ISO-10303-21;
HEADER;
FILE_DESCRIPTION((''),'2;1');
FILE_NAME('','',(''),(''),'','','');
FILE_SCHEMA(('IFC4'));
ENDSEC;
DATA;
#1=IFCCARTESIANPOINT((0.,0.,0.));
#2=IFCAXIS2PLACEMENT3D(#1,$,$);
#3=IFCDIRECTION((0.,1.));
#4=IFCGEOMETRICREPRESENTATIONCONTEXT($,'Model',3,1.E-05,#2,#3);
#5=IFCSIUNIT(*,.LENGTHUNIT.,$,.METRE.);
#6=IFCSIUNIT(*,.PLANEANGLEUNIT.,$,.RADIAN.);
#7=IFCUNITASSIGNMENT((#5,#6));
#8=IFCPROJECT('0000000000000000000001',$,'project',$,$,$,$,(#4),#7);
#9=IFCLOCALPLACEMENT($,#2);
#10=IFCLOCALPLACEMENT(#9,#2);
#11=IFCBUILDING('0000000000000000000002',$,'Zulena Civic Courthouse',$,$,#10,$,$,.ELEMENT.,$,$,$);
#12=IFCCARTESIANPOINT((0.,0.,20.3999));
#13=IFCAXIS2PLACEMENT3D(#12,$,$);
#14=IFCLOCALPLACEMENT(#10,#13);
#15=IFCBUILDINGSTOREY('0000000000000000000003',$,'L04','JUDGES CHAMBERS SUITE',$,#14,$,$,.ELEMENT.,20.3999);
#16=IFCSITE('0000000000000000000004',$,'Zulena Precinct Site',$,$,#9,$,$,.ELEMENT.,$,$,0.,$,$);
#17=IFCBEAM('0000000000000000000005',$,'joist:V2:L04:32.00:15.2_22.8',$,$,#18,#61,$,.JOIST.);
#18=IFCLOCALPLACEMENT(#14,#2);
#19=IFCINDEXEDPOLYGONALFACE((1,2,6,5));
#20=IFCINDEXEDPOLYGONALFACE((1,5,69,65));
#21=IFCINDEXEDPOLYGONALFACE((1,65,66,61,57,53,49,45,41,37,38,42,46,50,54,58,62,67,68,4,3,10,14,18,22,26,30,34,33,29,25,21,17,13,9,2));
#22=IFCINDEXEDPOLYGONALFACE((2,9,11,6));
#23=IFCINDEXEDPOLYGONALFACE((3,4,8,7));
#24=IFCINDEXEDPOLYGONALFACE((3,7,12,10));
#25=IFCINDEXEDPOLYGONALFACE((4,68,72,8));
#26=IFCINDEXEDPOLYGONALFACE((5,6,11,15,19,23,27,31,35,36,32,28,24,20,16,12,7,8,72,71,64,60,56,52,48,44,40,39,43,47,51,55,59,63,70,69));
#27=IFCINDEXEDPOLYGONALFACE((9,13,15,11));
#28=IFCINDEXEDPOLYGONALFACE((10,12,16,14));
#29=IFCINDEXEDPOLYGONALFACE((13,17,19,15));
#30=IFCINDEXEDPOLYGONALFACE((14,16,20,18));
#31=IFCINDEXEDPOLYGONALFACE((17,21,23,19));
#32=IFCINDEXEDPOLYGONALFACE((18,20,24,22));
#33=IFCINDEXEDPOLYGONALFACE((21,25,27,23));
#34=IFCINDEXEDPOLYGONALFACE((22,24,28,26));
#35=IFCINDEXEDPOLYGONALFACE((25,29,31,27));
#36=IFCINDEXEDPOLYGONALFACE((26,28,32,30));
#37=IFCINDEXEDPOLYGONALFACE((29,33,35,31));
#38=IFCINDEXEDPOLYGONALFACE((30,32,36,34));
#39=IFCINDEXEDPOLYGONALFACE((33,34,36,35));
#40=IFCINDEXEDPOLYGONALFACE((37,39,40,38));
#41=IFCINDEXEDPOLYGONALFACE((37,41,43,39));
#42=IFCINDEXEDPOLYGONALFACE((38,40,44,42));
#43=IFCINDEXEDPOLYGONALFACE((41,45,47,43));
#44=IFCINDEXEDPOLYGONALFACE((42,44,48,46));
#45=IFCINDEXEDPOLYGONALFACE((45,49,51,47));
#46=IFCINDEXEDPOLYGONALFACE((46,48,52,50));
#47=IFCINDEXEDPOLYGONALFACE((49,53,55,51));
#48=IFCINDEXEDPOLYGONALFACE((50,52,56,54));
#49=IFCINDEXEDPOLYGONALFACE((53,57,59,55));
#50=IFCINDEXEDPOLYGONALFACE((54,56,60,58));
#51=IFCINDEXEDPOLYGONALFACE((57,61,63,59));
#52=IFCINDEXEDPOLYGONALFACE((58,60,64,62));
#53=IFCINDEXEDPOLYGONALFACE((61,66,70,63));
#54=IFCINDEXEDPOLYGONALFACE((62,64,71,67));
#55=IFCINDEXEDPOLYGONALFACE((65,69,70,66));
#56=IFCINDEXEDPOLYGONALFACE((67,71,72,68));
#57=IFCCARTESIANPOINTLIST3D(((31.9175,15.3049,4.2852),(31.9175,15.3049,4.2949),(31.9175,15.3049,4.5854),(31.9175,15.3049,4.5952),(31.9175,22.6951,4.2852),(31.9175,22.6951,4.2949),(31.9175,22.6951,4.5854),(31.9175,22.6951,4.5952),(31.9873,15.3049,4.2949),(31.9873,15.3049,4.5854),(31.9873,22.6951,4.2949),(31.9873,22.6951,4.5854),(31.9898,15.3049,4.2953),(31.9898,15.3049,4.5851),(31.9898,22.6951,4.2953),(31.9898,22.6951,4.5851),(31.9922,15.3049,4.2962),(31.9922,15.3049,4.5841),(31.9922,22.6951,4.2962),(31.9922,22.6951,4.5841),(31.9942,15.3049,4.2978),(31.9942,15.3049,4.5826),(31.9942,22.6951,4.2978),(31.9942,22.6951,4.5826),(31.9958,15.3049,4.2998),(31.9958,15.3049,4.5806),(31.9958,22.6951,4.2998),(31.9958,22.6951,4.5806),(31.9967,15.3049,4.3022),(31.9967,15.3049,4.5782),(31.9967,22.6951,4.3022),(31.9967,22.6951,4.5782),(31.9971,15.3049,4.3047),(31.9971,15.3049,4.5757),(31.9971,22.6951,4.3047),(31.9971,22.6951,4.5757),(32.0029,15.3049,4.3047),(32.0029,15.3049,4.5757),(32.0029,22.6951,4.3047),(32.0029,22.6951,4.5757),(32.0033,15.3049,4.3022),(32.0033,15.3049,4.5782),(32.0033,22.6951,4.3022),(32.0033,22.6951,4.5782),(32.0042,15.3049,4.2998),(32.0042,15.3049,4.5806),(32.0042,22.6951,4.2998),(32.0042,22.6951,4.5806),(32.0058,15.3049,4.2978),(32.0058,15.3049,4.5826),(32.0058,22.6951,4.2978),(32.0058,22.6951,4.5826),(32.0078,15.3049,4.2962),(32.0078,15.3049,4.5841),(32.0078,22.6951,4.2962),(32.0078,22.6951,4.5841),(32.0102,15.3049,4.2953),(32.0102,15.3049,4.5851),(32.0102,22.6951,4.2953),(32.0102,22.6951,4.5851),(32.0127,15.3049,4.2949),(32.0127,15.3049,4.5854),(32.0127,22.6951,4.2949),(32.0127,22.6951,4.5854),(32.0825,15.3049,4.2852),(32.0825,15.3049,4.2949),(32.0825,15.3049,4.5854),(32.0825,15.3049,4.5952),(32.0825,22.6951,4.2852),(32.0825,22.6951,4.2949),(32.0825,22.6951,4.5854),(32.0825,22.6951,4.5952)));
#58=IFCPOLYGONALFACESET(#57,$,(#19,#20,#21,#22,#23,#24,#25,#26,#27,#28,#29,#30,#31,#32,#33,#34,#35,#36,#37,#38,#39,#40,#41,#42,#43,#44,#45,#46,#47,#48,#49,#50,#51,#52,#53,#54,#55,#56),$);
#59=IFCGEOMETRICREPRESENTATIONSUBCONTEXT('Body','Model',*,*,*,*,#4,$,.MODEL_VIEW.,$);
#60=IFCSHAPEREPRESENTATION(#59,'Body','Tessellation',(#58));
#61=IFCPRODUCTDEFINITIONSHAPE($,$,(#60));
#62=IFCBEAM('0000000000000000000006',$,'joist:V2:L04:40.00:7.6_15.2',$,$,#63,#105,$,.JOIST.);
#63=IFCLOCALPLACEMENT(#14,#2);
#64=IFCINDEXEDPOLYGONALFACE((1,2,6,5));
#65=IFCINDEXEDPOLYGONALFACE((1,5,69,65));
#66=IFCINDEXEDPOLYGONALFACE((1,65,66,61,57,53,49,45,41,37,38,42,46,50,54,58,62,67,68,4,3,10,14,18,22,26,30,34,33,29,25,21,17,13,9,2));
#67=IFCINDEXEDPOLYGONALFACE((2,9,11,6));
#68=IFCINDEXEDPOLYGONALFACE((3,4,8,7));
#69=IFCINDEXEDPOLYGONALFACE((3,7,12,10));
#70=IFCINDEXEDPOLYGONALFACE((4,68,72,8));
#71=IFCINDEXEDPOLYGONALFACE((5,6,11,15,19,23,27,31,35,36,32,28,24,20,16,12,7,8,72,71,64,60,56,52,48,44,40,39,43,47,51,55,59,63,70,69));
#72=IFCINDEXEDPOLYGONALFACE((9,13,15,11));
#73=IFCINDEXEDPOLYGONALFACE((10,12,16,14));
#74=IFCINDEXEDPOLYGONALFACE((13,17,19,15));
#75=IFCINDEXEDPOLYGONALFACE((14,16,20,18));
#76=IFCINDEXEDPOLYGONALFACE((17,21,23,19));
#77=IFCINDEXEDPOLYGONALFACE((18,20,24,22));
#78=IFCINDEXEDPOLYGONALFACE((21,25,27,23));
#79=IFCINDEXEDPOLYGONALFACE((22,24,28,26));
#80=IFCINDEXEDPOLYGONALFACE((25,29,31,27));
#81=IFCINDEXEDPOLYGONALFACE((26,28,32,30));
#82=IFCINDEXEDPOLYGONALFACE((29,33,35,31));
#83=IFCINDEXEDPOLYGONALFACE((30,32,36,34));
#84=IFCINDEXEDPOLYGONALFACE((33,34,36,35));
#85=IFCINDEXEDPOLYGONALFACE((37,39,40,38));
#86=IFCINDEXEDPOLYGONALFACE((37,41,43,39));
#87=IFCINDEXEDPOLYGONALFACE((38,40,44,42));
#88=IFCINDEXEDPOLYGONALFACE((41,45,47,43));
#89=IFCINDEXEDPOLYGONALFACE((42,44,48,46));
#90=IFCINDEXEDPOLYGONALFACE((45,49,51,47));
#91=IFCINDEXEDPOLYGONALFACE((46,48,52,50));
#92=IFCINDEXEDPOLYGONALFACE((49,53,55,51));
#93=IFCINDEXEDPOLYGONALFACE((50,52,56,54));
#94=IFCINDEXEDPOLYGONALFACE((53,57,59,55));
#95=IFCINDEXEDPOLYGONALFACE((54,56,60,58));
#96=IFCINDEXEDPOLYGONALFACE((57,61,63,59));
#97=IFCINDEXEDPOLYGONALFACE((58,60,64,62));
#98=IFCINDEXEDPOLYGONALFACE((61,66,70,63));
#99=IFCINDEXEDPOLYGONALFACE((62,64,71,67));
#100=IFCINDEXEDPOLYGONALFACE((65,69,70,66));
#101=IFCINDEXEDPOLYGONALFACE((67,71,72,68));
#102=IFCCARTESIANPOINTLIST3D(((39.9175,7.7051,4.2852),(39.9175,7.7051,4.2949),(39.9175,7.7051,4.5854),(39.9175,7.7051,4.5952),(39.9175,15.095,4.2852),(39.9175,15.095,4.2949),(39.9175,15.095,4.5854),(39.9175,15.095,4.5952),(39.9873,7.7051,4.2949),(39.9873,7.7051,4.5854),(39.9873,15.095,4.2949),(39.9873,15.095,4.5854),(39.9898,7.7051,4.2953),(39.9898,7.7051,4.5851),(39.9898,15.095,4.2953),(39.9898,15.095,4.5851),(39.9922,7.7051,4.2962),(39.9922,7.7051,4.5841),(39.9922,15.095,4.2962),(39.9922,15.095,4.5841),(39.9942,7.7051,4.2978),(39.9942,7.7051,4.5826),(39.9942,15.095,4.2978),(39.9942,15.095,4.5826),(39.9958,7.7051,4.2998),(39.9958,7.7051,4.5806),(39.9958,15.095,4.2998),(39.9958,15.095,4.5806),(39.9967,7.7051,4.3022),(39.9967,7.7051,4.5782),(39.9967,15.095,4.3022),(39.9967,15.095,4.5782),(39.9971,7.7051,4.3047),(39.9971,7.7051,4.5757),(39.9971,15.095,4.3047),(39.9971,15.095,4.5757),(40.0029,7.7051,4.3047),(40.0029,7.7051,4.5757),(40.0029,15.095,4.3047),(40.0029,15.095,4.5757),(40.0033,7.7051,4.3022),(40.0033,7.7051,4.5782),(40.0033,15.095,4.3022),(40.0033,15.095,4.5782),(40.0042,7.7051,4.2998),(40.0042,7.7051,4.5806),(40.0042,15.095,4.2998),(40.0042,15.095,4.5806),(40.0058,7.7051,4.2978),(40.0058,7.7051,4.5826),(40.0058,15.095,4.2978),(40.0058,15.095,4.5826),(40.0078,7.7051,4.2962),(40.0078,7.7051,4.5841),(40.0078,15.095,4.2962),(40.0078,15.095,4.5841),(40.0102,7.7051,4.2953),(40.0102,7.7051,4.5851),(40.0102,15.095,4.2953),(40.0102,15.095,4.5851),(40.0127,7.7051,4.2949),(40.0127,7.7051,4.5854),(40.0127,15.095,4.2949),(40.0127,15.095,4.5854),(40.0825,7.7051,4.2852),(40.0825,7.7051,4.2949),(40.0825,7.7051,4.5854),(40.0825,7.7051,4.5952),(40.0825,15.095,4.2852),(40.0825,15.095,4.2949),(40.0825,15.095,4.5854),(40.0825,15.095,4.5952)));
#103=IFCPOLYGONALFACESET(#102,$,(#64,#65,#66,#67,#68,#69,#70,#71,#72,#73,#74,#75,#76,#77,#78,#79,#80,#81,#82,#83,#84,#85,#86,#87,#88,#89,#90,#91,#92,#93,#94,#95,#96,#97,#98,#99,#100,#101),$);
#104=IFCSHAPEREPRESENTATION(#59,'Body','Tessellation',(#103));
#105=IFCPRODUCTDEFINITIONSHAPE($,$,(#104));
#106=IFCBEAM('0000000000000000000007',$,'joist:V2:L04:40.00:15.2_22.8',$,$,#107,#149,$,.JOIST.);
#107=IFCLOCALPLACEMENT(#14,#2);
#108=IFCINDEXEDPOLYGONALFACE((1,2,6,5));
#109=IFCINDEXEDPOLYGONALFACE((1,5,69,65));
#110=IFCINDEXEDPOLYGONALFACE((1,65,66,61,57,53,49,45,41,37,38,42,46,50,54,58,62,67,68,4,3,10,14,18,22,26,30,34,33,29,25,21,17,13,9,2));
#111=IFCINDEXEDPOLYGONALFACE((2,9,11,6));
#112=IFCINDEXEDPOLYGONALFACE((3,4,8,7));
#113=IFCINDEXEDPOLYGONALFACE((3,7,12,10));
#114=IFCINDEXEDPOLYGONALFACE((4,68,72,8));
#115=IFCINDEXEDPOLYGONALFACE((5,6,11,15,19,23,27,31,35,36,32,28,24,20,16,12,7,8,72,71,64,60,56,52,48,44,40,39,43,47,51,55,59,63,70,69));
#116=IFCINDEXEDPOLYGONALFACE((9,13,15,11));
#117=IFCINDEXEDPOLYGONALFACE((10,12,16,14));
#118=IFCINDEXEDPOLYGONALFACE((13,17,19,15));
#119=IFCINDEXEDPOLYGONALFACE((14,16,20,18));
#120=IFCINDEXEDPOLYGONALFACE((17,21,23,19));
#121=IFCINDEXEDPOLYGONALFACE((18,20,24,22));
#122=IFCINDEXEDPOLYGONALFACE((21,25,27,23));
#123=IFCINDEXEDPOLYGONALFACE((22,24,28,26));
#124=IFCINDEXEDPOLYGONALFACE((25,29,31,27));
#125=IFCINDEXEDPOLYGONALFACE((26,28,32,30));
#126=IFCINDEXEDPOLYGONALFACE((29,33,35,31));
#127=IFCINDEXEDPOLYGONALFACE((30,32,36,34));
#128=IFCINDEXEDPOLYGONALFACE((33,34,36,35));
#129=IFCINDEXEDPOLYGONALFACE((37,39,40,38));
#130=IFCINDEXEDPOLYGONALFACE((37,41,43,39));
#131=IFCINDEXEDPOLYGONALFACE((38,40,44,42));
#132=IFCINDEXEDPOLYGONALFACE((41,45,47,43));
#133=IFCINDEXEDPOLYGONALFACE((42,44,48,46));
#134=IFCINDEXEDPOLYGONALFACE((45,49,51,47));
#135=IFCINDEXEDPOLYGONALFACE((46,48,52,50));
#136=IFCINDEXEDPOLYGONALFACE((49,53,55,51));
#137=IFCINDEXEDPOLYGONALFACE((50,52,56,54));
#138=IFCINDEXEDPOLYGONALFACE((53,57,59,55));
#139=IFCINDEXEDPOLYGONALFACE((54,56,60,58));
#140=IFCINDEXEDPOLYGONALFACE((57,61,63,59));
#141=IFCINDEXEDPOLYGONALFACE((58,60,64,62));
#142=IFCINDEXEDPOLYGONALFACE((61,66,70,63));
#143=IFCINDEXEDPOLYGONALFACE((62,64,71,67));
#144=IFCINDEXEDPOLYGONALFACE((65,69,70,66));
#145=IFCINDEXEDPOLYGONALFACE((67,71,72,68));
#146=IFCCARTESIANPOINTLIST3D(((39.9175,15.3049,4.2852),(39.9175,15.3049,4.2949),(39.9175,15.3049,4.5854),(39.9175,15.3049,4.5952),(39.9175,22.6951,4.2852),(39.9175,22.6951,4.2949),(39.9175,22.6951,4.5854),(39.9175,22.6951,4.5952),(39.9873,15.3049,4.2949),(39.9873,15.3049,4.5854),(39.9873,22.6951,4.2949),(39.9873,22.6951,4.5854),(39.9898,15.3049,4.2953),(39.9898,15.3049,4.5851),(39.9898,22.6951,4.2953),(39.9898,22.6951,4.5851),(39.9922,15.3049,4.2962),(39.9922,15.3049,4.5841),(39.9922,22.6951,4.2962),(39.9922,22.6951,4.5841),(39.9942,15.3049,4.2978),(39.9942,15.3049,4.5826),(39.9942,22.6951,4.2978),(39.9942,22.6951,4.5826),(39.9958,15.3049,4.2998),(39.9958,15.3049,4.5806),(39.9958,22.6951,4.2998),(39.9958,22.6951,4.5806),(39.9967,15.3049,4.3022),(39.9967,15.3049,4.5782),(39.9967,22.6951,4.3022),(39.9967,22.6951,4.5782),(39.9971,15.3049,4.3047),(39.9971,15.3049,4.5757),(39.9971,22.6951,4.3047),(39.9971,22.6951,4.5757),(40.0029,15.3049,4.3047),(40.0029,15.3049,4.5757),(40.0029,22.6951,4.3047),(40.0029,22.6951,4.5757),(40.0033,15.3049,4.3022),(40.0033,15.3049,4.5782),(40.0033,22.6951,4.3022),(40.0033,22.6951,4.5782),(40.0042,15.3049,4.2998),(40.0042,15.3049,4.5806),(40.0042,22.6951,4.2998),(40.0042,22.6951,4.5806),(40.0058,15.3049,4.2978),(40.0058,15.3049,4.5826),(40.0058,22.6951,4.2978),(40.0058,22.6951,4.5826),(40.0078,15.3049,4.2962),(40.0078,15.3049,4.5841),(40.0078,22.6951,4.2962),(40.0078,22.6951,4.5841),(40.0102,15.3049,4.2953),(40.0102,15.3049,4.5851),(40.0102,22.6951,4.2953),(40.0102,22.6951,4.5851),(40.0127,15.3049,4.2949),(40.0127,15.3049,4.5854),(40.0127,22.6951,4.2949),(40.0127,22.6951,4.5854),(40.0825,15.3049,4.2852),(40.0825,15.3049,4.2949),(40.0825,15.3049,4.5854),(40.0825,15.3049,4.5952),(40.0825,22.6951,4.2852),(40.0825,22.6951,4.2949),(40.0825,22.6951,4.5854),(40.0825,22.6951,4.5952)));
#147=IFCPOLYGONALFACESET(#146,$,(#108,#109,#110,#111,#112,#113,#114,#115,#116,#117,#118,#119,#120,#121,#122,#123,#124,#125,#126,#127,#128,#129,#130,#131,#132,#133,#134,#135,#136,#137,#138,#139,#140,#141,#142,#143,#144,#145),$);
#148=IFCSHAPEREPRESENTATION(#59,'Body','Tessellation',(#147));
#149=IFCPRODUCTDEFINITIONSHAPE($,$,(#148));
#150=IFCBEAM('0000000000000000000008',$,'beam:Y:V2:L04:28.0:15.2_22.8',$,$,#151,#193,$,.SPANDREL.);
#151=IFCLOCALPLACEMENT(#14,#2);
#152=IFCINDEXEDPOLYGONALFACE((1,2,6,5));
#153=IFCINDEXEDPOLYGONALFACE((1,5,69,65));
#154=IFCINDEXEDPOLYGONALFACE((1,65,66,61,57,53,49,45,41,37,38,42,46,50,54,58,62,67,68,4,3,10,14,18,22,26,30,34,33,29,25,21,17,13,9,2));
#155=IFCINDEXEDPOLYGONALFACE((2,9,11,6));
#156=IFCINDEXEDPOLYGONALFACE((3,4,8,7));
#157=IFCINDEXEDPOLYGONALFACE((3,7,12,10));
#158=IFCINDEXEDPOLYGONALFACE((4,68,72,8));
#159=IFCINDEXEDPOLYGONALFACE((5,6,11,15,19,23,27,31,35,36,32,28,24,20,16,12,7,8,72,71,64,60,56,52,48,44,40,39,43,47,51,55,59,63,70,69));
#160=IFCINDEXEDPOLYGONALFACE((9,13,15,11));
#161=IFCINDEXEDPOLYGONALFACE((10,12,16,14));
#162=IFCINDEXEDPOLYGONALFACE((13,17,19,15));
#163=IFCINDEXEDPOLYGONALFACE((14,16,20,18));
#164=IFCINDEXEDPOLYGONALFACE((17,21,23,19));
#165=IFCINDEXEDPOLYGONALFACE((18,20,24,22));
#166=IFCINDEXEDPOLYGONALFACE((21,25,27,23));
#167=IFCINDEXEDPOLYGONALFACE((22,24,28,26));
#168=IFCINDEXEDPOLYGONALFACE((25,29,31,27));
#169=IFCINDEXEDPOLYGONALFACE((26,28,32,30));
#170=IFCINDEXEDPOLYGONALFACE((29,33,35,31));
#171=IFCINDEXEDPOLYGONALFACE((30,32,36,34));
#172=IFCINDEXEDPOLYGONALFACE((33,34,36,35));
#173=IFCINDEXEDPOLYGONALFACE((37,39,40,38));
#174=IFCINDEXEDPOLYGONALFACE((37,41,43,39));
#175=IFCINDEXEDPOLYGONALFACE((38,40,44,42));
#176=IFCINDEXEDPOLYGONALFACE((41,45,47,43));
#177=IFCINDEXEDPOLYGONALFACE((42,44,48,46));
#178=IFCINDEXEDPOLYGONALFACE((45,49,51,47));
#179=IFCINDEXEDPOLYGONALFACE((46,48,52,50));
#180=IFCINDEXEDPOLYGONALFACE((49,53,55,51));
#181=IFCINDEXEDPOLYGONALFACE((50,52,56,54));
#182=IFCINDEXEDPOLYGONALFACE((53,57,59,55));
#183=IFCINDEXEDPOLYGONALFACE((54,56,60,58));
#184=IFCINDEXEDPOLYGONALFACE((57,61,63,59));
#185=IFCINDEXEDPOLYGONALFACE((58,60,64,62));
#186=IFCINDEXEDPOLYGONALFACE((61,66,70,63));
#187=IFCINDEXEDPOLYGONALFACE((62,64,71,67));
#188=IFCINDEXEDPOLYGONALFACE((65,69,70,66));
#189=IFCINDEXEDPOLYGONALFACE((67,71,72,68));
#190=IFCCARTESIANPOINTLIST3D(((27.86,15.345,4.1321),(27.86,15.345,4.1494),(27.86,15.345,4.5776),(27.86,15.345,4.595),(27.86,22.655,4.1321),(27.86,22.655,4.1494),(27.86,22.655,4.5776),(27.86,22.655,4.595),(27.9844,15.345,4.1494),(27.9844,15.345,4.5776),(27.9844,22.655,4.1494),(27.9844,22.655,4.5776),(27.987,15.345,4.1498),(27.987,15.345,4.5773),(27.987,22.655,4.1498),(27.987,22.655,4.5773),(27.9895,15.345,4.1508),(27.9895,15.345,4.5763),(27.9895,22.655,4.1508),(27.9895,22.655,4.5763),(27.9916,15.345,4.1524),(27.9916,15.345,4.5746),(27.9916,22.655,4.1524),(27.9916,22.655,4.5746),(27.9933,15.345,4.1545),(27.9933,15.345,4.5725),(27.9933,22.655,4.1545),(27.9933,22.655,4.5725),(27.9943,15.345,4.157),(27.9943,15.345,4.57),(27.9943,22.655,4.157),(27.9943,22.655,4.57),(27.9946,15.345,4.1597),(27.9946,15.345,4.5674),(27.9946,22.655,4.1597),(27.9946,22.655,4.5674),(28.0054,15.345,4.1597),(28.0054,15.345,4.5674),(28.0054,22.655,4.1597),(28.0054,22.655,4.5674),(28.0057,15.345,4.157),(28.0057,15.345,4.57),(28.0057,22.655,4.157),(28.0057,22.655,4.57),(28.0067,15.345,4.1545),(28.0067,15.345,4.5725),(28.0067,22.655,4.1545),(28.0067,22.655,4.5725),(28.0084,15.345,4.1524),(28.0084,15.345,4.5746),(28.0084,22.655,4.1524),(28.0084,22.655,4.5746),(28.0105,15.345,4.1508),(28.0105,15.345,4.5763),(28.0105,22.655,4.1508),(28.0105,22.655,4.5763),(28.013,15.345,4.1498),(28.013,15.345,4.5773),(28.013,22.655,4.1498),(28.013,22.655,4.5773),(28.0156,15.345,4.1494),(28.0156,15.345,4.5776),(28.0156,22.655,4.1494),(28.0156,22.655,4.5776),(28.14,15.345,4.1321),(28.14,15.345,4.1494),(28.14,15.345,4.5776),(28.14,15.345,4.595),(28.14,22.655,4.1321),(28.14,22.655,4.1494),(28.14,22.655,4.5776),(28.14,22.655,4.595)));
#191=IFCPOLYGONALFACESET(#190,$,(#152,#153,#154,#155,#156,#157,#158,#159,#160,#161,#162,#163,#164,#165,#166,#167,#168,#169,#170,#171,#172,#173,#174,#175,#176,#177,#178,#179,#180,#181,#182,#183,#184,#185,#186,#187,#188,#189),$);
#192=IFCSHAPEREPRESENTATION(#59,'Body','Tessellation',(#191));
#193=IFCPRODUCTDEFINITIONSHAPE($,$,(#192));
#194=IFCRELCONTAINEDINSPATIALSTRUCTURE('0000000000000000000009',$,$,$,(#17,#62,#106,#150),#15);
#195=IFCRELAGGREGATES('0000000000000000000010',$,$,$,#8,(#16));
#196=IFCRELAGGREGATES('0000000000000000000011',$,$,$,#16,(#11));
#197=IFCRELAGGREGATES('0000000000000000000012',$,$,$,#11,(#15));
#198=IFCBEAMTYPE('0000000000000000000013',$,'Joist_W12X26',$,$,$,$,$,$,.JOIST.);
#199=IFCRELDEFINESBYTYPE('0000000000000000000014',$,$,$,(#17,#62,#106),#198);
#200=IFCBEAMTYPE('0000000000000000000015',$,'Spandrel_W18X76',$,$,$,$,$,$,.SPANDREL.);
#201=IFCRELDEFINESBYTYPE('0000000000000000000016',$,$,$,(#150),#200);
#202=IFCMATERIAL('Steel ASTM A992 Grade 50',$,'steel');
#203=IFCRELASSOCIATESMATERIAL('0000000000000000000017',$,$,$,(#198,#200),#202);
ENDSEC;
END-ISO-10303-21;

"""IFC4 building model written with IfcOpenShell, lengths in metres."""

from ifc_helpers import new_model, si_unit, direction, frame, origin, origin_2d, place, context, subcontext, project, spatial, i_section, extrude, material, material_profile, profile_set, type_object, element, save


model = new_model("IFC4")

# Units and contexts
model_context = context("Model", 3, precision=1e-05, world=origin(), true_north=direction((0.0, 1.0)))
body_context = subcontext(model_context, "Body", "Model", "MODEL_VIEW")
ifc_project = project(units=[si_unit("LENGTHUNIT", "METRE"), si_unit("PLANEANGLEUNIT", "RADIAN")], contexts=[model_context])

# Site, building, storey
site_placement = place(None, origin())
site = spatial("IfcSite", under=ifc_project, at=site_placement, Name="Zulena Precinct Site", CompositionType="ELEMENT", RefElevation=0.0)
building_placement = place(site_placement, origin())
building = spatial("IfcBuilding", under=site, at=building_placement, Name="Zulena Civic Courthouse", CompositionType="ELEMENT")
storey_placement = place(building_placement, frame((0.0, 0.0, 20.3999)))
storey = spatial("IfcBuildingStorey", under=building, at=storey_placement, Name="L04", Description="JUDGES CHAMBERS SUITE", CompositionType="ELEMENT", Elevation=20.3999)

# Shared definitions
ifc_material_1 = material(Name="Steel ASTM A992 Grade 50", Category="steel")

# Beams
ifc_material_profile_1 = material_profile(ifc_material_1, i_section(OverallWidth=0.165, OverallDepth=0.3101, WebThickness=0.0059, FlangeThickness=0.0098, FilletRadius=0.0098, at=origin_2d()), Name="W12X26")
ifc_profile_set_1 = profile_set([ifc_material_profile_1], Name="Steel ASTM A992 Grade 50")
beam_type_1 = type_object("IfcBeamType", Name="Joist_W12X26", PredefinedType="JOIST", material=ifc_profile_set_1)
beam_1_placement = place(storey_placement, frame((32.0, 15.3049, 4.4402), z_axis=(0.0, 1.0, 0.0), x_axis=(-1.0, 0.0, 0.0)))
element("IfcBeam", 1, at=beam_1_placement, inside=storey, type_object=beam_type_1, Name="joist:V2:L04:32.00:15.2_22.8", PredefinedType="JOIST", context=body_context, shape_type="SweptSolid", body=[
    extrude(i_section(OverallWidth=0.165, OverallDepth=0.3101, WebThickness=0.0059, FlangeThickness=0.0098, FilletRadius=0.0098, at=origin_2d()), origin(), (0.0, 0.0, 1.0), 7.3901),
])
beam_2_placement = place(storey_placement, frame((40.0, 7.7051, 4.4402), z_axis=(0.0, 1.0, 0.0), x_axis=(-1.0, 0.0, 0.0)))
element("IfcBeam", 2, at=beam_2_placement, inside=storey, type_object=beam_type_1, Name="joist:V2:L04:40.00:7.6_15.2", PredefinedType="JOIST", context=body_context, shape_type="SweptSolid", body=[
    extrude(i_section(OverallWidth=0.165, OverallDepth=0.3101, WebThickness=0.0059, FlangeThickness=0.0098, FilletRadius=0.0098, at=origin_2d()), origin(), (0.0, 0.0, 1.0), 7.3899),
])
beam_3_placement = place(storey_placement, frame((40.0, 15.3049, 4.4402), z_axis=(0.0, 1.0, 0.0), x_axis=(-1.0, 0.0, 0.0)))
element("IfcBeam", 3, at=beam_3_placement, inside=storey, type_object=beam_type_1, Name="joist:V2:L04:40.00:15.2_22.8", PredefinedType="JOIST", context=body_context, shape_type="SweptSolid", body=[
    extrude(i_section(OverallWidth=0.165, OverallDepth=0.3101, WebThickness=0.0059, FlangeThickness=0.0098, FilletRadius=0.0098, at=origin_2d()), origin(), (0.0, 0.0, 1.0), 7.3901),
])
ifc_material_profile_2 = material_profile(ifc_material_1, i_section(OverallWidth=0.28, OverallDepth=0.4629, WebThickness=0.0107, FlangeThickness=0.0173, FilletRadius=0.0103, at=origin_2d()), Name="W18X76")
ifc_profile_set_2 = profile_set([ifc_material_profile_2], Name="Steel ASTM A992 Grade 50")
beam_type_2 = type_object("IfcBeamType", Name="Spandrel_W18X76", PredefinedType="SPANDREL", material=ifc_profile_set_2)
for number, where, z_axis, x_axis, name in (
    (4, (28.0, 15.345, 4.3635), (0.0, 1.0, 0.0), (-1.0, 0.0, 0.0), "beam:Y:V2:L04:28.0:15.2_22.8"),
):
    element("IfcBeam", number, at=place(storey_placement, frame(where, z_axis=z_axis, x_axis=x_axis)), inside=storey, type_object=beam_type_2, Name=name, PredefinedType="SPANDREL", context=body_context, shape_type="SweptSolid", body=[
        extrude(i_section(OverallWidth=0.28, OverallDepth=0.4629, WebThickness=0.0107, FlangeThickness=0.0173, FilletRadius=0.0103, at=origin_2d()), origin(), (0.0, 0.0, 1.0), 7.3101),
    ])

save(model, "model.ifc")
